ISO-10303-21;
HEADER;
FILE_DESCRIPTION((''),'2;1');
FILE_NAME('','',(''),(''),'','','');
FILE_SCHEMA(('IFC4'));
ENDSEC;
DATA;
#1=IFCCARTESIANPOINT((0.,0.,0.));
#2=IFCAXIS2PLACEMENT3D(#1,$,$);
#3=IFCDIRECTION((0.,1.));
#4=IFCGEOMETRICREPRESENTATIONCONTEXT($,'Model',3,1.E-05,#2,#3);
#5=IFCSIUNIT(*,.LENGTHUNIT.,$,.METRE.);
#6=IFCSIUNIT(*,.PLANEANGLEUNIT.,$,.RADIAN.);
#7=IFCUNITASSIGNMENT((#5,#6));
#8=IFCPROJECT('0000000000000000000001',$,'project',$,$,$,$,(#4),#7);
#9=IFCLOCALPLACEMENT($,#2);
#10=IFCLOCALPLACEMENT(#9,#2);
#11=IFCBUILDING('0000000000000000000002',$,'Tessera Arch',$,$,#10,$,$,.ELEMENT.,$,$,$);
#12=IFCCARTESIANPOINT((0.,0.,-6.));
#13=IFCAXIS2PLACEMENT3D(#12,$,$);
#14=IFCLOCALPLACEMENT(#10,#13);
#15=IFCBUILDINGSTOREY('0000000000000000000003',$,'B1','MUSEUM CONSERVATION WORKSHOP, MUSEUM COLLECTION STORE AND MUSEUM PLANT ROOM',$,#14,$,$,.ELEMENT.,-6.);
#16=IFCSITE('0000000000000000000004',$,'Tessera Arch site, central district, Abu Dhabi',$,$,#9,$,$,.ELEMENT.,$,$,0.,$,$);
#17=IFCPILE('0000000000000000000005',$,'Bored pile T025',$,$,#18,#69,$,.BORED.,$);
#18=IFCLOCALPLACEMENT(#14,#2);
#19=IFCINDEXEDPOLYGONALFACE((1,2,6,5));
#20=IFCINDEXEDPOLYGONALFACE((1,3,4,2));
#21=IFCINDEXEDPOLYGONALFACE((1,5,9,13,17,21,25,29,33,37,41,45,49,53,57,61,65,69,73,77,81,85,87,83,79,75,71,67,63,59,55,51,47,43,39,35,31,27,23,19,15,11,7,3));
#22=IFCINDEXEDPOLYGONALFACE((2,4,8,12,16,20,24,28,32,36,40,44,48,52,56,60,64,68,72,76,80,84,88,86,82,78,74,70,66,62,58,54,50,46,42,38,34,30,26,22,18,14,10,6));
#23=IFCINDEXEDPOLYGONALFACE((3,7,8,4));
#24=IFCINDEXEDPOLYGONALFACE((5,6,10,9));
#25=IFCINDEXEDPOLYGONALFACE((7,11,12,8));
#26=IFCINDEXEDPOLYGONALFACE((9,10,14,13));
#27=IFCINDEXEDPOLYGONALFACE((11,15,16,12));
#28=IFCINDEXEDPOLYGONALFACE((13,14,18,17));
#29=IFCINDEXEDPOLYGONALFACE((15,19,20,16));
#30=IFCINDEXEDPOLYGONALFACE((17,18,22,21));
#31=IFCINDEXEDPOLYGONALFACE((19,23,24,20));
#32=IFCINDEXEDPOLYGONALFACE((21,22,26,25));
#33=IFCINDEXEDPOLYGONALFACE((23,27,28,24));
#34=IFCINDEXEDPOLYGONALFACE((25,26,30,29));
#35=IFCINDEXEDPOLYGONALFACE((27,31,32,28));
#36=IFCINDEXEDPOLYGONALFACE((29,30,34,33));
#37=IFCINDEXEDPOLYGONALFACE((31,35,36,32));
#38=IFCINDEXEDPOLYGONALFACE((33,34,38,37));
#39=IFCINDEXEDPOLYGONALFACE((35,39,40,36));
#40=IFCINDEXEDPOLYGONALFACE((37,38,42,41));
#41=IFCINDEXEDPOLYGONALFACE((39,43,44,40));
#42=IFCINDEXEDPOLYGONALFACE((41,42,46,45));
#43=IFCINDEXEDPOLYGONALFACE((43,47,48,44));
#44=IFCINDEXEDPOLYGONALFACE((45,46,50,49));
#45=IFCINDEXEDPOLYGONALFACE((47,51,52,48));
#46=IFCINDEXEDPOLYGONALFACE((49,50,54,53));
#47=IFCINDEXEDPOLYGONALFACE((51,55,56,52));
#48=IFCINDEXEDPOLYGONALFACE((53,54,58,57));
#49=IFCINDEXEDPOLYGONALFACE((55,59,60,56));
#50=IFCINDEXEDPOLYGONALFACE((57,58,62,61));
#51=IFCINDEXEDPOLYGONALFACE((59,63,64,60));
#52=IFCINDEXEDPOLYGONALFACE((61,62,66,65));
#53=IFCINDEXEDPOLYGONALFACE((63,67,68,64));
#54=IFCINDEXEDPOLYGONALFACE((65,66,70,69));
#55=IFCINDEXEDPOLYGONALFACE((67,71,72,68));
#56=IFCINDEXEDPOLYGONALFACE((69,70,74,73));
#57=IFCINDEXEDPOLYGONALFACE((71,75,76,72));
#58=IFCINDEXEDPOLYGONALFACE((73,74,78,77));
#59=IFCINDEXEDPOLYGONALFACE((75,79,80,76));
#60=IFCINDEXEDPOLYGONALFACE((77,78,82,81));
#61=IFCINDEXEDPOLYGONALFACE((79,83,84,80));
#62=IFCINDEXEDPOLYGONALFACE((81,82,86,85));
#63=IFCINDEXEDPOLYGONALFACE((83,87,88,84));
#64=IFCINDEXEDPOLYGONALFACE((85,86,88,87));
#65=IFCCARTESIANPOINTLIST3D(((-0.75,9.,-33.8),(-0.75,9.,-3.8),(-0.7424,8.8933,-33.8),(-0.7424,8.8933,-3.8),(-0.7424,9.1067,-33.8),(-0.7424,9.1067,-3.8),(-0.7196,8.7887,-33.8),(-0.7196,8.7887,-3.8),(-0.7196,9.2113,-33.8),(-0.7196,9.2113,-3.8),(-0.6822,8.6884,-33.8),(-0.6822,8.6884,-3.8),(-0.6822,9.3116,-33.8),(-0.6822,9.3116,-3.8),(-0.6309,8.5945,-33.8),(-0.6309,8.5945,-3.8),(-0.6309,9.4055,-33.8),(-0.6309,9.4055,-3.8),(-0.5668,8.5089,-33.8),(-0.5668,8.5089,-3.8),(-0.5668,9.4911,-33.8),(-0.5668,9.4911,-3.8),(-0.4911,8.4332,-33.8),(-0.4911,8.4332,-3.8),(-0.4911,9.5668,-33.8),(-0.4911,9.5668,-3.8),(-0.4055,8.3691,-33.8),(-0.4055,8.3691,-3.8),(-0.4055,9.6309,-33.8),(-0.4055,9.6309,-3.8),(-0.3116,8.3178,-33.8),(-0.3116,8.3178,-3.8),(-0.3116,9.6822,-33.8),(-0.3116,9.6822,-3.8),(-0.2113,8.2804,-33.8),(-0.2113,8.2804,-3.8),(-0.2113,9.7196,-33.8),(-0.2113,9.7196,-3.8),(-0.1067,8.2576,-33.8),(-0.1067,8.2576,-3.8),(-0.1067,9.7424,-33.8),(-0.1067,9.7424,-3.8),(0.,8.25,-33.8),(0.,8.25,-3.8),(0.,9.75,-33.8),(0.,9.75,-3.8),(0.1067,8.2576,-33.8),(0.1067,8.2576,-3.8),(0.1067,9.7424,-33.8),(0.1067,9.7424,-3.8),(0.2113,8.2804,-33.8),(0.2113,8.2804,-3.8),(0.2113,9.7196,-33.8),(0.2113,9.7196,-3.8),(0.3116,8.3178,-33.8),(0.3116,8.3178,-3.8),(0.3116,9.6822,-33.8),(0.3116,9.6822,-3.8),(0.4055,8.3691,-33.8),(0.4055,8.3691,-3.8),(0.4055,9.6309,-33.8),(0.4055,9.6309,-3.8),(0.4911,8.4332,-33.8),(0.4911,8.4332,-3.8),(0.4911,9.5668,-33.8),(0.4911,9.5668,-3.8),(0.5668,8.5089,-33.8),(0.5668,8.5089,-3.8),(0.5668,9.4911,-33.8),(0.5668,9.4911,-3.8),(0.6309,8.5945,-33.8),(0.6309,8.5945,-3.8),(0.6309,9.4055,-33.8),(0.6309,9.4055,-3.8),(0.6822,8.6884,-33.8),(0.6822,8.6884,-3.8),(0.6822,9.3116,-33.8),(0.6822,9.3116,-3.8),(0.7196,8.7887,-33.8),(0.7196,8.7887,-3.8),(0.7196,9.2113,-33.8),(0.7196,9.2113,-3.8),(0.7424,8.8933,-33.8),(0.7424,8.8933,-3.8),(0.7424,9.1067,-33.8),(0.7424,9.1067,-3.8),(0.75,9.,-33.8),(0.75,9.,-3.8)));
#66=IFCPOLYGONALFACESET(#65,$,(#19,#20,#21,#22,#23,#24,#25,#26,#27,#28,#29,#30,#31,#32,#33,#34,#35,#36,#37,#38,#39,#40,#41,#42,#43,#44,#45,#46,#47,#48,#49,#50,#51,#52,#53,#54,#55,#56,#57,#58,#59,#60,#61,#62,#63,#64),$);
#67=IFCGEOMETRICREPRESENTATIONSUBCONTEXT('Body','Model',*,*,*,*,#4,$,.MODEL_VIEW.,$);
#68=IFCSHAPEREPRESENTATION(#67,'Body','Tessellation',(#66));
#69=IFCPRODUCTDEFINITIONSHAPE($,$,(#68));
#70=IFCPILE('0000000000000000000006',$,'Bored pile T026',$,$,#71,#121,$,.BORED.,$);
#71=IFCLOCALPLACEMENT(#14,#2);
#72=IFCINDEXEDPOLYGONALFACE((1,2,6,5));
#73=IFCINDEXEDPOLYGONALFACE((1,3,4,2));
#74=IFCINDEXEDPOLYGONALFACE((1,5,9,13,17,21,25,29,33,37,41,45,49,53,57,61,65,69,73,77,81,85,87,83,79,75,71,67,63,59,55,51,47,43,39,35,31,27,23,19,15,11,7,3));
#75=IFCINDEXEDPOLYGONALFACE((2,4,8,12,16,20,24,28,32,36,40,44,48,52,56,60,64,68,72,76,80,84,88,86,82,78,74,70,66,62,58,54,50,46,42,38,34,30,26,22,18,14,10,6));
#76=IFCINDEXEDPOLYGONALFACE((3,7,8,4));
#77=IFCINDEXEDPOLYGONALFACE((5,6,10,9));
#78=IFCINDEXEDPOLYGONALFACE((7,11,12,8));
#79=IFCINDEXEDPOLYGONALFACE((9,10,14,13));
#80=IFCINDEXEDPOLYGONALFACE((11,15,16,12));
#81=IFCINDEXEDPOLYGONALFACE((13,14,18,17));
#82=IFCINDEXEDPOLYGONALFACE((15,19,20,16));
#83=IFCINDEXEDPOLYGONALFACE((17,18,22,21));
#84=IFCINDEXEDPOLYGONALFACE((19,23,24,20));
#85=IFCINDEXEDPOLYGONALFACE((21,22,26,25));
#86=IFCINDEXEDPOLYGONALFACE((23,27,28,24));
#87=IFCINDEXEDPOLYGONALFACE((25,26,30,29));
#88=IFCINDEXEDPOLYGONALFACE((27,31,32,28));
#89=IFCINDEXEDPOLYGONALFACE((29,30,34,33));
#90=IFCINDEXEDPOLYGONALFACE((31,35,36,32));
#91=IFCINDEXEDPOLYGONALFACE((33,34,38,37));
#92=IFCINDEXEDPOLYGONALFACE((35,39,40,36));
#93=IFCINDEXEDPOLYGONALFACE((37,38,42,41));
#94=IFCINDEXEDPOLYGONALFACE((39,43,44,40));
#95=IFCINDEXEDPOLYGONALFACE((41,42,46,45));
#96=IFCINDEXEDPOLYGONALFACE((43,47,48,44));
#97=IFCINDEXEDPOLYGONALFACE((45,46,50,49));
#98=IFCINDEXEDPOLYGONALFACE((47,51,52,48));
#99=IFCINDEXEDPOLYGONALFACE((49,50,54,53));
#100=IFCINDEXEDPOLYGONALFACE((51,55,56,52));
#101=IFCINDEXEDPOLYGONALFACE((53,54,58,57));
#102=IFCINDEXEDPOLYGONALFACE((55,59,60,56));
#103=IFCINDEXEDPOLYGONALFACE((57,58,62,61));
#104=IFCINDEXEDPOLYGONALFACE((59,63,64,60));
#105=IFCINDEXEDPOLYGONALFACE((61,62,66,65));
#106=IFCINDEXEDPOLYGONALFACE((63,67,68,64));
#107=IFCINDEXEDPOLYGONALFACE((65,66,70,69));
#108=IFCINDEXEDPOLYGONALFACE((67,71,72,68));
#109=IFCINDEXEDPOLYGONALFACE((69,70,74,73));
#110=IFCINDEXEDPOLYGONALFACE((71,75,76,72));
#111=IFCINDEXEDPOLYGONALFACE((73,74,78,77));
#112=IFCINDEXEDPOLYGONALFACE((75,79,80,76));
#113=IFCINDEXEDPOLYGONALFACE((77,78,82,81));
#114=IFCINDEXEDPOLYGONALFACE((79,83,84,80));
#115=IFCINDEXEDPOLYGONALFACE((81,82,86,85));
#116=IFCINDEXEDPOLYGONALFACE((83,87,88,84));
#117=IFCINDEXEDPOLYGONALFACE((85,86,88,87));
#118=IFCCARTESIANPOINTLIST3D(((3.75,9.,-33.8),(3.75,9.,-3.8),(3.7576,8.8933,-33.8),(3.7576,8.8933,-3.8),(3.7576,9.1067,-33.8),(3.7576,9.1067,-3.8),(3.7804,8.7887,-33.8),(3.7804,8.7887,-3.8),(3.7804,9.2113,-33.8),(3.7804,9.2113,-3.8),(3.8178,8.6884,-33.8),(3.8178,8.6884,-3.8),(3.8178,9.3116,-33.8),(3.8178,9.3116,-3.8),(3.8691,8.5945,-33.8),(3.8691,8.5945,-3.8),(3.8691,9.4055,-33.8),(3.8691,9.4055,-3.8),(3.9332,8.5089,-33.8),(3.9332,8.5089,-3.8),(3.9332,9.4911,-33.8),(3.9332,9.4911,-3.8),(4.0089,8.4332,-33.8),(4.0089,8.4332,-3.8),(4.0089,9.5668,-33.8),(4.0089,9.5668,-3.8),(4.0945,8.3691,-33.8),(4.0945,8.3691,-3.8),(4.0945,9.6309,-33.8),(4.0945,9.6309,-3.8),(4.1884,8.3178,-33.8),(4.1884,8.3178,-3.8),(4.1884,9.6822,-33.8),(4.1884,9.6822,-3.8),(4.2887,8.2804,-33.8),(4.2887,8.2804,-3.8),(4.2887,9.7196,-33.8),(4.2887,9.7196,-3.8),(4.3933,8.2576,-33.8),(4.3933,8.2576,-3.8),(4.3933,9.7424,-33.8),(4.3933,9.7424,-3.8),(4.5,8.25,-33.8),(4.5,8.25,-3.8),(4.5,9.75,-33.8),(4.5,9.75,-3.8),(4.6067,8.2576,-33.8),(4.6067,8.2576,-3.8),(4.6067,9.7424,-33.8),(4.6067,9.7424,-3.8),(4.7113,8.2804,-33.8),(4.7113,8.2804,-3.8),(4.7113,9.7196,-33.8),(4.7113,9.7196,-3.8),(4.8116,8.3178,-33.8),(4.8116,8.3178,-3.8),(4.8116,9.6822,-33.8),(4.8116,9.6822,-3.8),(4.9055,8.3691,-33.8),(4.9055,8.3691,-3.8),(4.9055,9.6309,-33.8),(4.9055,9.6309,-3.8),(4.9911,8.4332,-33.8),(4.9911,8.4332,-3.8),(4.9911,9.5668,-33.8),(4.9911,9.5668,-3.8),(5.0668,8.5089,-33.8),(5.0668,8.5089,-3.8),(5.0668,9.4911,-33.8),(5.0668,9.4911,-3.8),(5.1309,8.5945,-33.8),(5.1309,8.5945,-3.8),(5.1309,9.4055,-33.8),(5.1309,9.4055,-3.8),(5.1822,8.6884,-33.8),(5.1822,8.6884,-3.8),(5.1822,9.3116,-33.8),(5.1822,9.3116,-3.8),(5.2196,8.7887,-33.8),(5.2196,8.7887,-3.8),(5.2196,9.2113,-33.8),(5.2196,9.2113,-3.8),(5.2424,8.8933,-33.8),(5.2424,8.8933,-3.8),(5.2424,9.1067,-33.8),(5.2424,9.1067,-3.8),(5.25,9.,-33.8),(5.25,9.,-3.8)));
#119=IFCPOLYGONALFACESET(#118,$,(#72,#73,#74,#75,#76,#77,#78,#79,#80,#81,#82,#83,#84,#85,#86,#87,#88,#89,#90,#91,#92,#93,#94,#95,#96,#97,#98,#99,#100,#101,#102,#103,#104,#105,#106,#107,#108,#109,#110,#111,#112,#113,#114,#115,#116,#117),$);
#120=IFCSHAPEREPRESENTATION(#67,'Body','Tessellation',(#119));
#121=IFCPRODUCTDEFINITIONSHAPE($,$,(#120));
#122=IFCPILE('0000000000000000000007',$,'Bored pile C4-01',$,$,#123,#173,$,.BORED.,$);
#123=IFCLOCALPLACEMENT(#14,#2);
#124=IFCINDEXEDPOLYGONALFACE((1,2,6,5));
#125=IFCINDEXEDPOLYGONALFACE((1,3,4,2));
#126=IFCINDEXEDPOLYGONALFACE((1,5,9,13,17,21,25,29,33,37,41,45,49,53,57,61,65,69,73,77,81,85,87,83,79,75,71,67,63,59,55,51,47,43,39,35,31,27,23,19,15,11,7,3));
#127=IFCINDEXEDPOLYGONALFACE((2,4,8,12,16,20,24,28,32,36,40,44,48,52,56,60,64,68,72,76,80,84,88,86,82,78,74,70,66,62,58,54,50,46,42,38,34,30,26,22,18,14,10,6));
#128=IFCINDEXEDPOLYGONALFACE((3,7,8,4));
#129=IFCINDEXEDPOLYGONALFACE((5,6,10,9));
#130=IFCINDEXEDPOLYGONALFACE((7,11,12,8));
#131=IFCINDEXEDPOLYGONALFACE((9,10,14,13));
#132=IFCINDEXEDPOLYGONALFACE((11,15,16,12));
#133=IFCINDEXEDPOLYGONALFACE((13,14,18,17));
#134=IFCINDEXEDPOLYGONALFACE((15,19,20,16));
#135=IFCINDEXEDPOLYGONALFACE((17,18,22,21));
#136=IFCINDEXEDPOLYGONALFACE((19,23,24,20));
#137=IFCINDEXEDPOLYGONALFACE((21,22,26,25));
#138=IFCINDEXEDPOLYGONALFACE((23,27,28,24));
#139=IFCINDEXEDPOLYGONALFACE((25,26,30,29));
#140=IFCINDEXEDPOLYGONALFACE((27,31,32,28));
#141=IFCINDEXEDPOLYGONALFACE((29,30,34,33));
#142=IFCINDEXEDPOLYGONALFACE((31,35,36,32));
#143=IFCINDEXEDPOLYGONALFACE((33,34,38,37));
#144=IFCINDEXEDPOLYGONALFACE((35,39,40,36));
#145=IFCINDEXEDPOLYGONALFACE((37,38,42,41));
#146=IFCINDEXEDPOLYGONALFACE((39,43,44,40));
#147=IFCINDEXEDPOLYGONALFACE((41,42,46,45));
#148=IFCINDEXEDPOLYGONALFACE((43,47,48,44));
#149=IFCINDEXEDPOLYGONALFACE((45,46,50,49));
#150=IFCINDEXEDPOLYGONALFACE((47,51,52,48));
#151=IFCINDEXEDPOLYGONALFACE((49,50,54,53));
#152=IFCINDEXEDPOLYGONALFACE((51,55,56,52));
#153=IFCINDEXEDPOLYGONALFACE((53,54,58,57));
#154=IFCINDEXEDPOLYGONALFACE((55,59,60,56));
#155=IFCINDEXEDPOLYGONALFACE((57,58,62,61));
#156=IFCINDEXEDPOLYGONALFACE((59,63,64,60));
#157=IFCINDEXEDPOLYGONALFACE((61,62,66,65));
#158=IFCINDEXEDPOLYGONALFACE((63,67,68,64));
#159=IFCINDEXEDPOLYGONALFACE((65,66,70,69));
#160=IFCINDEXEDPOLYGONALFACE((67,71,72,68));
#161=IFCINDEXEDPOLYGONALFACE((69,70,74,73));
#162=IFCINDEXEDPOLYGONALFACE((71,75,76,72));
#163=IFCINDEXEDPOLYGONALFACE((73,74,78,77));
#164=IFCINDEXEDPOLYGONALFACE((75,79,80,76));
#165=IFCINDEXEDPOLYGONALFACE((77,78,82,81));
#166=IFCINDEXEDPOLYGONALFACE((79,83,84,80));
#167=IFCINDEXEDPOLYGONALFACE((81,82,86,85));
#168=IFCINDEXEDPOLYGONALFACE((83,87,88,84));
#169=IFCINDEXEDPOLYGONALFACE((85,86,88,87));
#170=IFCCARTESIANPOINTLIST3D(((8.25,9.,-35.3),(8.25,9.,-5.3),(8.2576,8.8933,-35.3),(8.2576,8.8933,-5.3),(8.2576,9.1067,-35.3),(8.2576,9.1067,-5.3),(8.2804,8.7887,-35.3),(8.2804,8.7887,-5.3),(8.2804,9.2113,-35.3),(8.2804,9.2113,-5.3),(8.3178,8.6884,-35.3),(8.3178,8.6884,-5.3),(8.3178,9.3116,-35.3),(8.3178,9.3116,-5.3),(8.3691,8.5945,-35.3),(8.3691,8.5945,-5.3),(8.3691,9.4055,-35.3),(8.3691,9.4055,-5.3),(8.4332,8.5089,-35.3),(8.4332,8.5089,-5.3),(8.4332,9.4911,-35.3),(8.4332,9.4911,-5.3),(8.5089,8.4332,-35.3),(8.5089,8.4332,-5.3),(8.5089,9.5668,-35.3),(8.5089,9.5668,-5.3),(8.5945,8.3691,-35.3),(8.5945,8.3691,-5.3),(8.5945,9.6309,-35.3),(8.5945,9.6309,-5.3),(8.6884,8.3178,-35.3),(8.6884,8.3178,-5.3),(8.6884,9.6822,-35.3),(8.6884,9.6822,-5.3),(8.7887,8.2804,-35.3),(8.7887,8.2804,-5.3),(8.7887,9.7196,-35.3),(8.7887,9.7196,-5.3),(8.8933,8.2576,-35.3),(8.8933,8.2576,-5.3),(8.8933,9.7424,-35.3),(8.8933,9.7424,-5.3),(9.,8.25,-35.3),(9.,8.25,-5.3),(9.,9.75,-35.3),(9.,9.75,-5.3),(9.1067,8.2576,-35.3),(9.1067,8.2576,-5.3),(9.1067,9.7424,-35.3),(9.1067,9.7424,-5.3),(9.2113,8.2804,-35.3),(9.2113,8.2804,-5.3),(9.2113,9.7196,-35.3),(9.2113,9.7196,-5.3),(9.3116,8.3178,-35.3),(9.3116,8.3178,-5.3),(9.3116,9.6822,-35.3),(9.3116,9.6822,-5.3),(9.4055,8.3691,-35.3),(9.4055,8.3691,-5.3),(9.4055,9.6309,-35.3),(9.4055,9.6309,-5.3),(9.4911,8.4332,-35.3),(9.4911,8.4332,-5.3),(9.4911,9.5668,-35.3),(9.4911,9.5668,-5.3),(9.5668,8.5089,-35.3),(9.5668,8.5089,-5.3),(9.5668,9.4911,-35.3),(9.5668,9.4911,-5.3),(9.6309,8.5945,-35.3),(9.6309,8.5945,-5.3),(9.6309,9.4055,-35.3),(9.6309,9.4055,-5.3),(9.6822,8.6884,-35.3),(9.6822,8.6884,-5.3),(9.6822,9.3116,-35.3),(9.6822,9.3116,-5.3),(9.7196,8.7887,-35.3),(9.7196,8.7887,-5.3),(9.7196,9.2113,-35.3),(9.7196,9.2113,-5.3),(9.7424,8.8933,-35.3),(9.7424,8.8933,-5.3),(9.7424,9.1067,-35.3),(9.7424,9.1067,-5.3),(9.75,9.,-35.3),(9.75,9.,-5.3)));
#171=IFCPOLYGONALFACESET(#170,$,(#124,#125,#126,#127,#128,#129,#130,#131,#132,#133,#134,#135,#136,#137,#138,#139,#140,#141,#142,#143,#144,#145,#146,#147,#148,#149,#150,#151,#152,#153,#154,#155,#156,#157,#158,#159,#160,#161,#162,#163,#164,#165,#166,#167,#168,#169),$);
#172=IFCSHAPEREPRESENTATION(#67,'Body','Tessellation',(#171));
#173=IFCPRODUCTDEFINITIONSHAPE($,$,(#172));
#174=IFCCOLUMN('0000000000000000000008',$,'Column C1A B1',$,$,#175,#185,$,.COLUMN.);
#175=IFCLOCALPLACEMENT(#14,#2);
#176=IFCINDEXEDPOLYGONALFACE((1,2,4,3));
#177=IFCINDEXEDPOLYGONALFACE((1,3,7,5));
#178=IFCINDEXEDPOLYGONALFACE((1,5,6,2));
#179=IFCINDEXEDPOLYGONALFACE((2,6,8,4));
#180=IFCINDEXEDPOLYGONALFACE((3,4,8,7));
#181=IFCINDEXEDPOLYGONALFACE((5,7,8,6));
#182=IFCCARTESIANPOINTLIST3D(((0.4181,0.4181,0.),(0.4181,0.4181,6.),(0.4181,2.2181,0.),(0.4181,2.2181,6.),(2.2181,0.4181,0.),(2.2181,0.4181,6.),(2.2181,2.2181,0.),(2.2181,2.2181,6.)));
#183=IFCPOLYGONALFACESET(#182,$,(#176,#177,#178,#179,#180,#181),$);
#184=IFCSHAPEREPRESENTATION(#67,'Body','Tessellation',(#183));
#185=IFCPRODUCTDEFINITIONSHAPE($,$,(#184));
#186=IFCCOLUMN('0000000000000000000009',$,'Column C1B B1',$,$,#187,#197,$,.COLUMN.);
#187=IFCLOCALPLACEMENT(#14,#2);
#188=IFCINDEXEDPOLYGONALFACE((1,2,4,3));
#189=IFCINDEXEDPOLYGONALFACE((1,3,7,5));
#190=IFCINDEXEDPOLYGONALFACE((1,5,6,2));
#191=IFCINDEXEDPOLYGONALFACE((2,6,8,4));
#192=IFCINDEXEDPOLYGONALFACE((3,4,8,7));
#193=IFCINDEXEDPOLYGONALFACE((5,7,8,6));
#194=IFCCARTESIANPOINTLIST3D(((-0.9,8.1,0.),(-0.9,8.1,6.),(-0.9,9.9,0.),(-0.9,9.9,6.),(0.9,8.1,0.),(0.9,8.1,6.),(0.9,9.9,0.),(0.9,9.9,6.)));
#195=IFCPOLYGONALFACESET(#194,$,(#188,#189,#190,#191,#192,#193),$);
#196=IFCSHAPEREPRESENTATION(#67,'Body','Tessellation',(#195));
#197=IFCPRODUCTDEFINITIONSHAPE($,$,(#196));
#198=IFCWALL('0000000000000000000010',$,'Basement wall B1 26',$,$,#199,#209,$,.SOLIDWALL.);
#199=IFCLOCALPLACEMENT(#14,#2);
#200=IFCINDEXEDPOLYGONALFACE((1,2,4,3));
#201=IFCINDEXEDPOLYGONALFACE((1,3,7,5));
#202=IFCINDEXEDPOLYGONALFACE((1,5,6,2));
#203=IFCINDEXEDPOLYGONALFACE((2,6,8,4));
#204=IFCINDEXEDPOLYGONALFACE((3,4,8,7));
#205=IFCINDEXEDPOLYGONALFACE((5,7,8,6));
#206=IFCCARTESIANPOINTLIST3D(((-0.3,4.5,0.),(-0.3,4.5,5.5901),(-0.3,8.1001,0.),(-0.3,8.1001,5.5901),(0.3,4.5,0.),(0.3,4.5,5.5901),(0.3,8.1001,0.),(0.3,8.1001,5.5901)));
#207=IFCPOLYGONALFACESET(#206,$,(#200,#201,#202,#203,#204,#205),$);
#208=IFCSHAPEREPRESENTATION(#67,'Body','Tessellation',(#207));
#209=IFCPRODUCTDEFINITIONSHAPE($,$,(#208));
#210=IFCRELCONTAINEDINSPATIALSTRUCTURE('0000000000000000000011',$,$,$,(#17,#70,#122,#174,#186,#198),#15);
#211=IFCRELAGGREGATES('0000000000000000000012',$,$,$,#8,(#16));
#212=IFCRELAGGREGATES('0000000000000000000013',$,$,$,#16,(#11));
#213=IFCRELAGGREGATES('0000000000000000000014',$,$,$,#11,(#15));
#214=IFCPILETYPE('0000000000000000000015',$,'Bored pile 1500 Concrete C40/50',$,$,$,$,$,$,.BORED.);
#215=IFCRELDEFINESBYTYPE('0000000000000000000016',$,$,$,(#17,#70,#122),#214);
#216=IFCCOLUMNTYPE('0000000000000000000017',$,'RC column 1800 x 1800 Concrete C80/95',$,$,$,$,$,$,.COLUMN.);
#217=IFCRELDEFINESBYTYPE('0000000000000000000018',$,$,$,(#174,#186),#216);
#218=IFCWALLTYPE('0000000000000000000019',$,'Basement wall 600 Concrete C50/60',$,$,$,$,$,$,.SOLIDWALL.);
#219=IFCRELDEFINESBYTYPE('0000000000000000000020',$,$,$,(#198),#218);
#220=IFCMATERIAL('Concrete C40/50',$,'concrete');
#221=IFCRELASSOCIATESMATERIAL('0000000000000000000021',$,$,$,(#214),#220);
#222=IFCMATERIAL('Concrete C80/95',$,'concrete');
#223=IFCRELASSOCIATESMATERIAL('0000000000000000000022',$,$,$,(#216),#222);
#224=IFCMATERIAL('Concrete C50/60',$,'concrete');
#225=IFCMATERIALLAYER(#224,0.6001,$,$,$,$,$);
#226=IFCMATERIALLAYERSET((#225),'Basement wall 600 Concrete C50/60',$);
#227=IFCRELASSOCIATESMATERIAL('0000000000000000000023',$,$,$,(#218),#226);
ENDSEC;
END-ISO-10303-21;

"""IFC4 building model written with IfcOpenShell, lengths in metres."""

from ifc_helpers import new_model, si_unit, direction, frame, frame_2d, origin, origin_2d, place, context, subcontext, project, spatial, rectangle, circle, extrude, material, layer, layer_set, material_profile, profile_set, type_object, element, save


model = new_model("IFC4")

# Units and contexts
model_context = context("Model", 3, precision=1e-05, world=origin(), true_north=direction((0.0, 1.0)))
body_context = subcontext(model_context, "Body", "Model", "MODEL_VIEW")
ifc_project = project(units=[si_unit("LENGTHUNIT", "METRE"), si_unit("PLANEANGLEUNIT", "RADIAN")], contexts=[model_context])

# Site, building, storey
site_placement = place(None, origin())
site = spatial("IfcSite", under=ifc_project, at=site_placement, Name="Tessera Arch site, central district, Abu Dhabi", CompositionType="ELEMENT", RefElevation=0.0)
building_placement = place(site_placement, origin())
building = spatial("IfcBuilding", under=site, at=building_placement, Name="Tessera Arch", CompositionType="ELEMENT")
storey_placement = place(building_placement, frame((0.0, 0.0, -6.0)))
storey = spatial("IfcBuildingStorey", under=building, at=storey_placement, Name="B1", Description="MUSEUM CONSERVATION WORKSHOP, MUSEUM COLLECTION STORE AND MUSEUM PLANT ROOM", CompositionType="ELEMENT", Elevation=-6.0)

# Piles
ifc_material_1 = material(Name="Concrete C40/50", Category="concrete")
pile_type = type_object("IfcPileType", Name="Bored pile 1500 Concrete C40/50", PredefinedType="BORED", material=ifc_material_1)
for number, where, z_axis, x_axis, name in (
    (1, (0.0, 9.0, -3.8), (0.0, 0.0, -1.0), (1.0, 0.0, 0.0), "Bored pile T025"),
    (2, (4.5, 9.0, -3.8), (0.0, 0.0, -1.0), (1.0, 0.0, 0.0), "Bored pile T026"),
    (3, (9.0, 9.0, -5.3), (0.0, 0.0, -1.0), (1.0, 0.0, 0.0), "Bored pile C4-01"),
):
    element("IfcPile", number, at=place(storey_placement, frame(where, z_axis=z_axis, x_axis=x_axis)), inside=storey, type_object=pile_type, Name=name, PredefinedType="BORED", context=body_context, shape_type="SweptSolid", body=[
        extrude(circle(Radius=0.75, at=origin_2d()), origin(), (0.0, 0.0, 1.0), 30.0),
    ])

# Columns
ifc_material_2 = material(Name="Concrete C80/95", Category="concrete")
ifc_material_profile = material_profile(ifc_material_2, rectangle(XDim=1.8, YDim=1.8, at=origin_2d()), Name="RC column 1800 x 1800 Concrete C80/95")
ifc_profile_set = profile_set([ifc_material_profile], Name="Concrete C80/95")
column_type = type_object("IfcColumnType", Name="RC column 1800 x 1800 Concrete C80/95", PredefinedType="COLUMN", material=ifc_profile_set)
for number, where, z_axis, x_axis, name in (
    (4, (1.3181, 1.3181, 0.0), (0.0, 0.0, 1.0), (1.0, 0.0, 0.0), "Column C1A B1"),
    (5, (0.0, 9.0, 0.0), (0.0, 0.0, 1.0), (1.0, 0.0, 0.0), "Column C1B B1"),
):
    element("IfcColumn", number, at=place(storey_placement, frame(where, z_axis=z_axis, x_axis=x_axis)), inside=storey, type_object=column_type, Name=name, PredefinedType="COLUMN", context=body_context, shape_type="SweptSolid", body=[
        extrude(rectangle(XDim=1.8, YDim=1.8, at=origin_2d()), origin(), (0.0, 0.0, 1.0), 6.0),
    ])

# Wall
ifc_material_3 = material(Name="Concrete C50/60", Category="concrete")
ifc_layer_1 = layer(ifc_material_3, 0.6001)
ifc_layer_set_1 = layer_set([ifc_layer_1], Name="Basement wall 600 Concrete C50/60")
wall_type_1 = type_object("IfcWallType", Name="Basement wall 600 Concrete C50/60", PredefinedType="SOLIDWALL", material=ifc_layer_set_1)
wall_1_placement = place(storey_placement, frame((0.0, 8.1001, 0.0), z_axis=(0.0, 0.0, 1.0), x_axis=(0.0, -1.0, 0.0)))
element("IfcWall", 6, at=wall_1_placement, inside=storey, type_object=wall_type_1, Name="Basement wall B1 26", PredefinedType="SOLIDWALL", context=body_context, shape_type="SweptSolid", body=[
    extrude(rectangle(XDim=3.6001, YDim=0.6001, at=frame_2d((1.8, 0.0))), origin(), (0.0, 0.0, 1.0), 5.5901),
])

save(model, "model.ifc")
